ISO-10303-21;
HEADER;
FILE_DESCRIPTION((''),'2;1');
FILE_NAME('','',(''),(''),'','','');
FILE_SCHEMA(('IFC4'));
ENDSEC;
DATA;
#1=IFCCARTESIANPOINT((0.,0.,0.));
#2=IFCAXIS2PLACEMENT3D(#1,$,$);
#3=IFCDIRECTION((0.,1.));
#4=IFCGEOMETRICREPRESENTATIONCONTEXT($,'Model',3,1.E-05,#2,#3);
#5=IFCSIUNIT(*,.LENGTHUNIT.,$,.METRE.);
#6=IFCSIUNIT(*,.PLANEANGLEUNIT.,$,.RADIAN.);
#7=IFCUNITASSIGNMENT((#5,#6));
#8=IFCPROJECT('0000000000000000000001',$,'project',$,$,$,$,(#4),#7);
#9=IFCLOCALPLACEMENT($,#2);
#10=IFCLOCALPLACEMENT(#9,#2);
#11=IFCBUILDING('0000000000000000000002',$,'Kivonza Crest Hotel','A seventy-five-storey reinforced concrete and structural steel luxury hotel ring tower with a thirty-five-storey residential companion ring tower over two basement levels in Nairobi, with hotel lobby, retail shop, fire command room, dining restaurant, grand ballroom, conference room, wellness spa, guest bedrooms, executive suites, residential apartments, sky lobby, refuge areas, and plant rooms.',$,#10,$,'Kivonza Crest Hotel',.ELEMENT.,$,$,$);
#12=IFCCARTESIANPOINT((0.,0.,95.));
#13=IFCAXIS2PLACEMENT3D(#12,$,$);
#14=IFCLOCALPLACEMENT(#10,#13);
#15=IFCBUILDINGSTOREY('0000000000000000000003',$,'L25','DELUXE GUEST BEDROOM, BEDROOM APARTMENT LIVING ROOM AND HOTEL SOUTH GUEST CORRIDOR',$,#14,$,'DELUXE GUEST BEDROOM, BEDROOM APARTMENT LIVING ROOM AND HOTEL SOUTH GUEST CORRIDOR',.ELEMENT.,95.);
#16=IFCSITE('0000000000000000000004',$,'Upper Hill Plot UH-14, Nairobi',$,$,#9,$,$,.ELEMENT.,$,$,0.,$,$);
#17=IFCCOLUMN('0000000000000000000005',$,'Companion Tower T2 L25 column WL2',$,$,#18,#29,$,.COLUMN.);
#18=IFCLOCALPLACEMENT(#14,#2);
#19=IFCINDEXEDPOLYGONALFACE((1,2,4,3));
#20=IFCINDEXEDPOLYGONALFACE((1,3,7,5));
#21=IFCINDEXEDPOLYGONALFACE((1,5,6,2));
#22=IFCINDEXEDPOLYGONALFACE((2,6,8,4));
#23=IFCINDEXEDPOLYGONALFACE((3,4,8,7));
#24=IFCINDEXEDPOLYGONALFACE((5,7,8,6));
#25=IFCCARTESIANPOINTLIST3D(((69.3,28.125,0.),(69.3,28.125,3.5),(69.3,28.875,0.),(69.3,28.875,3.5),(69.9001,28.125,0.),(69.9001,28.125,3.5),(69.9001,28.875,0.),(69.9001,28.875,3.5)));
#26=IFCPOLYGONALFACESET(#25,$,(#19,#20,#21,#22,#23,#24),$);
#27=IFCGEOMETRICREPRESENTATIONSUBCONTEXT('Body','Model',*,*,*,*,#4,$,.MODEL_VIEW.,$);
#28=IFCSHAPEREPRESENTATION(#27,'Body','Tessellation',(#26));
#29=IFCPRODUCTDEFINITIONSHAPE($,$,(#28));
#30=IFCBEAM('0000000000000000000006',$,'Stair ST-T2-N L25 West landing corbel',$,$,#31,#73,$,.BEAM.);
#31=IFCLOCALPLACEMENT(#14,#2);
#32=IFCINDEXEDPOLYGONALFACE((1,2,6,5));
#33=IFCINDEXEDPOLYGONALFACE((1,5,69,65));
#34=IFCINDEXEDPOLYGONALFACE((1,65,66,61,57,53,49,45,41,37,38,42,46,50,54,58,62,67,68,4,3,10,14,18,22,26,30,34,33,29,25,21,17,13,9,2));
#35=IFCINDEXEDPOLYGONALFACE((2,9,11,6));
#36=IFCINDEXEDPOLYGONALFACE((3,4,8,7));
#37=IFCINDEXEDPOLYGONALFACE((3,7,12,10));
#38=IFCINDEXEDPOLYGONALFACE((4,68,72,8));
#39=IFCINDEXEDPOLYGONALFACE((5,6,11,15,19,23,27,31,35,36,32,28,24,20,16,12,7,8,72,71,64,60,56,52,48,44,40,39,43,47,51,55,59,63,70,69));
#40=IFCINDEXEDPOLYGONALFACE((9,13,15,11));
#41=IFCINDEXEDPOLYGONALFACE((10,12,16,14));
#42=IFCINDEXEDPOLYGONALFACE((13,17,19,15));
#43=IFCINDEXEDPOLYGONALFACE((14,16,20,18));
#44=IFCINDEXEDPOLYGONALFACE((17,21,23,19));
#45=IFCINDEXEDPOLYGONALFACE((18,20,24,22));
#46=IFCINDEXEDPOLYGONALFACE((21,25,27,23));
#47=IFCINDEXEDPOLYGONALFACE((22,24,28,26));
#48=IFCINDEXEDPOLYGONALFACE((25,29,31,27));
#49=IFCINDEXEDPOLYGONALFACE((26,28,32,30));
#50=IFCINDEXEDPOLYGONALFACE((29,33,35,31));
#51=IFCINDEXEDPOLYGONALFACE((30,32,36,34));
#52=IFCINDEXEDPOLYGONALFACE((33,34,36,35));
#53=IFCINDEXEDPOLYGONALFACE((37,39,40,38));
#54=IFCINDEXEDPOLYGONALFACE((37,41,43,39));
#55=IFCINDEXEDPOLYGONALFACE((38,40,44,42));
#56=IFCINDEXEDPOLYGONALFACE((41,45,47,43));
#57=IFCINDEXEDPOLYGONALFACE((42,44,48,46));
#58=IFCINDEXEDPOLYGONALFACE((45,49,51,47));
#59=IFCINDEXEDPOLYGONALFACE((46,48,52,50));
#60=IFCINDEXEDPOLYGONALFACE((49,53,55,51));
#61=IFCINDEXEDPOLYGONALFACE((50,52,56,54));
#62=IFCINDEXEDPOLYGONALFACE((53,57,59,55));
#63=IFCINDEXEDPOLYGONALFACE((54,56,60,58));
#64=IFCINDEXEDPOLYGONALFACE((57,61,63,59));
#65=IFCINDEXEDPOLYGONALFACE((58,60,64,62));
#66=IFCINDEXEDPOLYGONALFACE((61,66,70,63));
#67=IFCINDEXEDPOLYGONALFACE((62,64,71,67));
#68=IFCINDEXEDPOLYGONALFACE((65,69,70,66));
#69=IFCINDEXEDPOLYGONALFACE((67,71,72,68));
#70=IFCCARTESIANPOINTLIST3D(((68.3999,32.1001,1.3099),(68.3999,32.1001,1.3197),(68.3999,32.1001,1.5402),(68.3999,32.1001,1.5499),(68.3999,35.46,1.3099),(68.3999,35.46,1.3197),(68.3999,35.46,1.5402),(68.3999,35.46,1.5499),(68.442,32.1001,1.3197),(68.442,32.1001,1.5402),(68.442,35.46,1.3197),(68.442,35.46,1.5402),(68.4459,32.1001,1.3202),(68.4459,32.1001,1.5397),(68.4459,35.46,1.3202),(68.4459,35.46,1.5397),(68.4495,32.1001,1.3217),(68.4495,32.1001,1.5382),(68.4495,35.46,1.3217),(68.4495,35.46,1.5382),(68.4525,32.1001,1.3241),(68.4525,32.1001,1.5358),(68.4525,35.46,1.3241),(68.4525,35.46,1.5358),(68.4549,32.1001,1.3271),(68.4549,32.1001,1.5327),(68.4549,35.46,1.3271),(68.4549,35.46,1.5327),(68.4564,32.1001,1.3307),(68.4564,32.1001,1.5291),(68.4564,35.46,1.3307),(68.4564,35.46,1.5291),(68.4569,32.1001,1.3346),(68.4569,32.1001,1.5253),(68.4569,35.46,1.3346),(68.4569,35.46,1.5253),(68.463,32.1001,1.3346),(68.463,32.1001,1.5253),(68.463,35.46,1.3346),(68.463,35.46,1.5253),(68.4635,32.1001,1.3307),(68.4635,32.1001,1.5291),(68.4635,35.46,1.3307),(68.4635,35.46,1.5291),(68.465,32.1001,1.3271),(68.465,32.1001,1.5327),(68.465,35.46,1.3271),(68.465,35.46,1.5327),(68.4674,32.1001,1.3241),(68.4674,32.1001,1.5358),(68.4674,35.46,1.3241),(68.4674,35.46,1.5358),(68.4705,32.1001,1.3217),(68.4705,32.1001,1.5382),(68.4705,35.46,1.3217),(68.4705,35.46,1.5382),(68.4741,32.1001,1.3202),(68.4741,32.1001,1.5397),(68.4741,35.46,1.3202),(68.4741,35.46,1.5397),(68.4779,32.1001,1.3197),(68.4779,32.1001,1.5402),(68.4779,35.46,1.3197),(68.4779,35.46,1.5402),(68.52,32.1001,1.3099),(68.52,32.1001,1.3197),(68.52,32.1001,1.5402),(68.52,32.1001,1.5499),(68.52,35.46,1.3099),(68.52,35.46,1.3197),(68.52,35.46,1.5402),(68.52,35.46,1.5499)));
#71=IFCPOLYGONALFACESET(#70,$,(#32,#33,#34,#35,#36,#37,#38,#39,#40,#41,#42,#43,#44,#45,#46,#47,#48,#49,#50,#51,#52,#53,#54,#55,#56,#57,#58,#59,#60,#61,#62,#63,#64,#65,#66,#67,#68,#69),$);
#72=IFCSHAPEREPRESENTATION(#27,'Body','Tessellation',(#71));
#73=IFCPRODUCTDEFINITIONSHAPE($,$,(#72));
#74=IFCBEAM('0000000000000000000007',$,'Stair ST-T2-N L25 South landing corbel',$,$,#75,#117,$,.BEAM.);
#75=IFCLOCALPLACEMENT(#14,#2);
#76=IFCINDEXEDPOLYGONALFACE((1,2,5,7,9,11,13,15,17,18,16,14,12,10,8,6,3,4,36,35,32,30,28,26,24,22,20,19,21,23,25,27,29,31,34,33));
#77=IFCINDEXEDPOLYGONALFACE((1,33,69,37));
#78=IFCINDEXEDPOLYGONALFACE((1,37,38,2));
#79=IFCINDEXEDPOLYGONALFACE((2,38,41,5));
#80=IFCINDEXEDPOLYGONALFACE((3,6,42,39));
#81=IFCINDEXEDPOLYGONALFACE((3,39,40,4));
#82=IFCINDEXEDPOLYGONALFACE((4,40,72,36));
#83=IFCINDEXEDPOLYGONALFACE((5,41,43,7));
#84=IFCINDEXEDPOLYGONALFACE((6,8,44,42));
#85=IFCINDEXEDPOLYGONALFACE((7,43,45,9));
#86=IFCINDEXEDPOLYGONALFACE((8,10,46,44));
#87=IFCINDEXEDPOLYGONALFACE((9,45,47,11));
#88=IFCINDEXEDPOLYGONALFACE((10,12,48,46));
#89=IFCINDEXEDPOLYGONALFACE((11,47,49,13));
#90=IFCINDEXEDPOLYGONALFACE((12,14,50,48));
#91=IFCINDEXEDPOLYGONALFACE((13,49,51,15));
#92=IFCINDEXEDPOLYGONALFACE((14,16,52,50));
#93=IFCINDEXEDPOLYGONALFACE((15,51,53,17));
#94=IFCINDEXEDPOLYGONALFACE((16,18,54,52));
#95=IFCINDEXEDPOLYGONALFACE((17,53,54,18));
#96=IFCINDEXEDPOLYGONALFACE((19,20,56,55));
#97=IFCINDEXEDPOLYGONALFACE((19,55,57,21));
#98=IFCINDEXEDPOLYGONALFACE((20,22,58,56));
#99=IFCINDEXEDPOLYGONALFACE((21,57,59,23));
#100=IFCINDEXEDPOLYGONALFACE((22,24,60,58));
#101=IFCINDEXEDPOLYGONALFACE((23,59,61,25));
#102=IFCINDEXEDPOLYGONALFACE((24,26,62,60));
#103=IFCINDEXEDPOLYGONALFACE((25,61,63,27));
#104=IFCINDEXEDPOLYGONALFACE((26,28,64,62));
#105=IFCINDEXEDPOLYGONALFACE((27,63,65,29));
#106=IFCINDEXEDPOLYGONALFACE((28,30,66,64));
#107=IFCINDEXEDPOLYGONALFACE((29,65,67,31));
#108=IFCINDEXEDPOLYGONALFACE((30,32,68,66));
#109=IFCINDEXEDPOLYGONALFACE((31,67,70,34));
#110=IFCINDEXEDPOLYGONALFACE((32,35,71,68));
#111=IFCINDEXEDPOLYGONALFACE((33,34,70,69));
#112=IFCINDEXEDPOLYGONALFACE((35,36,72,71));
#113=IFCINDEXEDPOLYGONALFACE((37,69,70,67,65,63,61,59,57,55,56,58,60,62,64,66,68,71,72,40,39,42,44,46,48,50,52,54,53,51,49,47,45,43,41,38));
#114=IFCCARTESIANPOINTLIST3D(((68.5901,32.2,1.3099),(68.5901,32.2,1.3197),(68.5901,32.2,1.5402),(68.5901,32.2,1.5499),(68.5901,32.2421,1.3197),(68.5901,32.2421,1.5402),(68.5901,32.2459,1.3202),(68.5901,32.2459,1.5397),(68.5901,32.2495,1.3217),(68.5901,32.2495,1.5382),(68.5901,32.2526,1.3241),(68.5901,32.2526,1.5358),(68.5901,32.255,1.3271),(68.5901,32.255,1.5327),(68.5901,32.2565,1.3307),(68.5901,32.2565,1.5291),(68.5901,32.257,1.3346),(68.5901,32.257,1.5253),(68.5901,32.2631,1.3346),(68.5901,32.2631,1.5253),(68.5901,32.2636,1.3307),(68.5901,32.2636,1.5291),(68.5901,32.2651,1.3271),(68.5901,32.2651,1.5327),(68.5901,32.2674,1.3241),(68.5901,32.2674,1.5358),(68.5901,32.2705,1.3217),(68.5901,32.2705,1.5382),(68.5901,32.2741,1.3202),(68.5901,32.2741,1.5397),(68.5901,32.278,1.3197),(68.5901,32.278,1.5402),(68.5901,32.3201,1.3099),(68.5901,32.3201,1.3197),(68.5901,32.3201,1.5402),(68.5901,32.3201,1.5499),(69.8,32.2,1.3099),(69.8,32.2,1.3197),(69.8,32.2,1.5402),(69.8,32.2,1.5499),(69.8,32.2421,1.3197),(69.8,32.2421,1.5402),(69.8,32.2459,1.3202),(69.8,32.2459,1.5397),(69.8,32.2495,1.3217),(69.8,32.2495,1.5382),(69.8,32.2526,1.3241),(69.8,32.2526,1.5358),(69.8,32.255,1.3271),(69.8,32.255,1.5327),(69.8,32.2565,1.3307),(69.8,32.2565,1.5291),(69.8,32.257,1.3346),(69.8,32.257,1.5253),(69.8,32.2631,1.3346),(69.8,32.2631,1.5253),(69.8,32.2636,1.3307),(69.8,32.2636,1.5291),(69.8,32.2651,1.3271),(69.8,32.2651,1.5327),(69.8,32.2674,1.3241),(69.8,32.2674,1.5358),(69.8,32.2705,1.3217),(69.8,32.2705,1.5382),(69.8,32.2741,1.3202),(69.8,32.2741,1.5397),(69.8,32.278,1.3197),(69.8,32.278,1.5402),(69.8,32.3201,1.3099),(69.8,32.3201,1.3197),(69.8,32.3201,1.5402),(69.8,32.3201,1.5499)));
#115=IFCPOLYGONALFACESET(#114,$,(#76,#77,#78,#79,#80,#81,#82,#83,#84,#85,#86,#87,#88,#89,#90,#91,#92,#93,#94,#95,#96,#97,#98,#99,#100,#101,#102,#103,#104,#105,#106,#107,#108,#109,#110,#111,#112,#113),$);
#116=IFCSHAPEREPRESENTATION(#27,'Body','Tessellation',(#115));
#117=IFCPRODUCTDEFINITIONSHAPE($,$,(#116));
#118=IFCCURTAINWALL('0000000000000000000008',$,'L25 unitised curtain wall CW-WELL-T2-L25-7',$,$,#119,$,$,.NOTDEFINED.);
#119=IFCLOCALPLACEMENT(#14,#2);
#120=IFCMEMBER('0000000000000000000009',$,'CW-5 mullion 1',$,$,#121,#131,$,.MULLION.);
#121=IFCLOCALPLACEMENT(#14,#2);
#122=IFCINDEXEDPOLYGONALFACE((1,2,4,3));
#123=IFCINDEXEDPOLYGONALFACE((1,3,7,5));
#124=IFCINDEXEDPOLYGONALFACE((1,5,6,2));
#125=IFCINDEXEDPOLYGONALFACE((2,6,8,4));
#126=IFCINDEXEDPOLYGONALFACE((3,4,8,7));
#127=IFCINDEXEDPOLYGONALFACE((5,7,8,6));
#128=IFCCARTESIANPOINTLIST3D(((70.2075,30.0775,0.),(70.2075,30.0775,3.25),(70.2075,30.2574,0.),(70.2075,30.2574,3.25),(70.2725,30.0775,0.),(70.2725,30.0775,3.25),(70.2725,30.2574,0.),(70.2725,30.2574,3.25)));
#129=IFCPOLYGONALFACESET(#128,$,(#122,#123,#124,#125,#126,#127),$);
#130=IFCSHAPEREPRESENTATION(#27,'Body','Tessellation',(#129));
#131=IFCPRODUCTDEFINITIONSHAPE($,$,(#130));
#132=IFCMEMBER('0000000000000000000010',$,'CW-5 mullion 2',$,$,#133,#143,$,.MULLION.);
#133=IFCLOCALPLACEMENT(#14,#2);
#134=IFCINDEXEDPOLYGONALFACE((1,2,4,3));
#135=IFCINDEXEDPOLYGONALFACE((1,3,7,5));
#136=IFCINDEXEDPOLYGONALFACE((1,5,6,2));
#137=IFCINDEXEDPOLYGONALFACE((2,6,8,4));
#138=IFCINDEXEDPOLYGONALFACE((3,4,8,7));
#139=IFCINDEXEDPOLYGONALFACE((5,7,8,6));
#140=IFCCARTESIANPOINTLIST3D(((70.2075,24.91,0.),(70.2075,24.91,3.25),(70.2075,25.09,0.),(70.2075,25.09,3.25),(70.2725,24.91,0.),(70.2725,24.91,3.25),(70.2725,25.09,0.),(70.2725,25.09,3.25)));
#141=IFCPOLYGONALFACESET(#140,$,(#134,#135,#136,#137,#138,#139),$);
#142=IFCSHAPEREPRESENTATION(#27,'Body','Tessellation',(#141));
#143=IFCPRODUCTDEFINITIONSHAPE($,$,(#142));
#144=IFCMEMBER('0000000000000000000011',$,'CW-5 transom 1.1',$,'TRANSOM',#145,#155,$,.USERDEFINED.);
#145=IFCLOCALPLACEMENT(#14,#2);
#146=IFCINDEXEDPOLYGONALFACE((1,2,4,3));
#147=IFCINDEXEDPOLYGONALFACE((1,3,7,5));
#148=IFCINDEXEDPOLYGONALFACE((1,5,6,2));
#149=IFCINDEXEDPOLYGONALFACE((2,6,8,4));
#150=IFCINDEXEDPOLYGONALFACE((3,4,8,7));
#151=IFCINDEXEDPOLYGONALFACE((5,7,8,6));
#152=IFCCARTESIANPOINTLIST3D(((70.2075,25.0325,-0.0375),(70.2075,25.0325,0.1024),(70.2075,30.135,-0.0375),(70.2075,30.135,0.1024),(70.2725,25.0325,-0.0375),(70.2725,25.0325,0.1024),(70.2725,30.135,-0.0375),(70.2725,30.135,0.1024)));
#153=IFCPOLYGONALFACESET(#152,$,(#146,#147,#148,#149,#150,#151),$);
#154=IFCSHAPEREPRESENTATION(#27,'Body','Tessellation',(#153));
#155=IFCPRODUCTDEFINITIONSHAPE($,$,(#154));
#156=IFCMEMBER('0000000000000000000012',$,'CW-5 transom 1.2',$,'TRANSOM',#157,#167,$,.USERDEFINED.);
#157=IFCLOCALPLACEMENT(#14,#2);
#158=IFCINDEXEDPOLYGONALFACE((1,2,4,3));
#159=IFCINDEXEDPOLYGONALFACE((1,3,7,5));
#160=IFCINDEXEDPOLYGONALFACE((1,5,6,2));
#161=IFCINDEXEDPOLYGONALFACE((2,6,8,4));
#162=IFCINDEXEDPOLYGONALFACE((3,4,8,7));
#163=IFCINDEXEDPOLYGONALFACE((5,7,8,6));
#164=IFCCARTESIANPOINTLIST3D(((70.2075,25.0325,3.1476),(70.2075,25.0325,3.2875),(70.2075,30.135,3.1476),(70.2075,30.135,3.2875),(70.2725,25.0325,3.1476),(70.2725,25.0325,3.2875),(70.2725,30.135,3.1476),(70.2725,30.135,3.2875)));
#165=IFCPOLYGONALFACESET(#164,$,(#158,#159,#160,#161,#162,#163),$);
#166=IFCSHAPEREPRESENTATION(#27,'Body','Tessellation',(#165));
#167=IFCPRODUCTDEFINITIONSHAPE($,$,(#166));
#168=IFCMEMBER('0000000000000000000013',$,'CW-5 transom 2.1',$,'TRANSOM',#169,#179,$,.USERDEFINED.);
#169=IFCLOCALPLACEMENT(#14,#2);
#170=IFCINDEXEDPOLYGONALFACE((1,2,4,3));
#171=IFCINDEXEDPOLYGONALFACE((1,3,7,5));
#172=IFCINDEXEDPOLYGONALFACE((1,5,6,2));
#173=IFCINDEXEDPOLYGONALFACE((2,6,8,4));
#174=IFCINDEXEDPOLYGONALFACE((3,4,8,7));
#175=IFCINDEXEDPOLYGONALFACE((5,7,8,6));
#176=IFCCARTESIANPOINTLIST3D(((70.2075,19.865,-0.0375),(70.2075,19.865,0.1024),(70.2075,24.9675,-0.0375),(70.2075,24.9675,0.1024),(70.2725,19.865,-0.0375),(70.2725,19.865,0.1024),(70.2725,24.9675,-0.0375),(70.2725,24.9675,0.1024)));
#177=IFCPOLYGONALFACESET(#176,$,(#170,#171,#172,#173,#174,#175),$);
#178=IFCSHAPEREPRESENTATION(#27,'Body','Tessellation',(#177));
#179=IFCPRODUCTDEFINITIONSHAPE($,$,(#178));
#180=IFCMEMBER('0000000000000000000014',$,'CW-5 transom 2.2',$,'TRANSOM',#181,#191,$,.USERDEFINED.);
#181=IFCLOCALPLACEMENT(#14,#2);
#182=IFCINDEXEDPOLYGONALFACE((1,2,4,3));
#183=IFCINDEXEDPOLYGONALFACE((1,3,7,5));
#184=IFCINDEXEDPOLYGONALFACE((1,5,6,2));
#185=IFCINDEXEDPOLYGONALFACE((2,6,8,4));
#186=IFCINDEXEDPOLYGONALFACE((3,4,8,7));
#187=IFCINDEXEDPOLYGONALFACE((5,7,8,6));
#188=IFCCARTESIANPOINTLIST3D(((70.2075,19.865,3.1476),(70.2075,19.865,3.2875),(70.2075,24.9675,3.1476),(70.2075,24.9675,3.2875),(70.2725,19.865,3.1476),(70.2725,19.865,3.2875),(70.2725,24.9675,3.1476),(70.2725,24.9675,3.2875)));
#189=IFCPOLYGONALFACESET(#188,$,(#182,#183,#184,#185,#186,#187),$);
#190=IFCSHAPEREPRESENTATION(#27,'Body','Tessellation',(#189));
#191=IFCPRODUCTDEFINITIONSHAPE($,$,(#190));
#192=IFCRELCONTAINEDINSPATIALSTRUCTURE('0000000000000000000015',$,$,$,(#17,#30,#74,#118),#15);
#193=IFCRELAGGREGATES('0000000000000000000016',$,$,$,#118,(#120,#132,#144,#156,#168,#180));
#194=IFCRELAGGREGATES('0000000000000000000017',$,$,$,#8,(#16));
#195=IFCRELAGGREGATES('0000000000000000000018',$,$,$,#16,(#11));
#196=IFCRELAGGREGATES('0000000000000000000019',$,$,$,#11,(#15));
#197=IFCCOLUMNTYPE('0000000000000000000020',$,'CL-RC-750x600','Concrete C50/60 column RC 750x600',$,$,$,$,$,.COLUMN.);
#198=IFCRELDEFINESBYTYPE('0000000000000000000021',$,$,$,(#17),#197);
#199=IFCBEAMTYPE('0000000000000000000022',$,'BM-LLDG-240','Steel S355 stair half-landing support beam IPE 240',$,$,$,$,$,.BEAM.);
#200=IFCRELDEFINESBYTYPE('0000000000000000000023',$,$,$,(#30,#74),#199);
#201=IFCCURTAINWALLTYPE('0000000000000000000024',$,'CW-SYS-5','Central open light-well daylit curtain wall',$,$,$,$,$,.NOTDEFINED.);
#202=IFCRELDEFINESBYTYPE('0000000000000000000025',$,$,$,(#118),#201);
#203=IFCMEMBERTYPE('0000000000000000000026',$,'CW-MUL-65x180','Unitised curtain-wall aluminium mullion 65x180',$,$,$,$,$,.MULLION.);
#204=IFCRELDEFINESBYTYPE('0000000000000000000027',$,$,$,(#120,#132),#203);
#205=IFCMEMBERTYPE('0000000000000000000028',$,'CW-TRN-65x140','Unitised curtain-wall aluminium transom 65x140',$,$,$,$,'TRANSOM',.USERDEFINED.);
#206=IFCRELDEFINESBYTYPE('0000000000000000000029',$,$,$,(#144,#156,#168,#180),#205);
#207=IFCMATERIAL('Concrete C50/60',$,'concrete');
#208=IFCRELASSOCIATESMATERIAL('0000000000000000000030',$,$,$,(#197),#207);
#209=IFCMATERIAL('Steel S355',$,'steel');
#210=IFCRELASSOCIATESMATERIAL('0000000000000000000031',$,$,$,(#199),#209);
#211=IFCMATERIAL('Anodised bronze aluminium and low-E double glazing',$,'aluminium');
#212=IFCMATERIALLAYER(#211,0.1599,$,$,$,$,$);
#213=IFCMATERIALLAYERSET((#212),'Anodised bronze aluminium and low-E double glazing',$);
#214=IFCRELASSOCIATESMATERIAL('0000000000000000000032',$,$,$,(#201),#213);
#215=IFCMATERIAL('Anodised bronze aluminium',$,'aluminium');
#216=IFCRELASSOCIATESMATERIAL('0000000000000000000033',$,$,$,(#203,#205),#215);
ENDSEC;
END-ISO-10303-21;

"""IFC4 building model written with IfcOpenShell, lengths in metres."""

from ifc_helpers import new_model, si_unit, direction, frame, origin, origin_2d, place, context, subcontext, project, spatial, rectangle, i_section, extrude, material, layer, layer_set, material_profile, profile_set, type_object, element, aggregate, save


model = new_model("IFC4")

# Units and contexts
model_context = context("Model", 3, precision=1e-05, world=origin(), true_north=direction((0.0, 1.0)))
body_context = subcontext(model_context, "Body", "Model", "MODEL_VIEW")
ifc_project = project(units=[si_unit("LENGTHUNIT", "METRE"), si_unit("PLANEANGLEUNIT", "RADIAN")], contexts=[model_context])

# Site, building, storey
site_placement = place(None, origin())
site = spatial("IfcSite", under=ifc_project, at=site_placement, Name="Upper Hill Plot UH-14, Nairobi", CompositionType="ELEMENT", RefElevation=0.0)
building_placement = place(site_placement, origin())
building = spatial("IfcBuilding", under=site, at=building_placement, Name="Kivonza Crest Hotel", Description="A seventy-five-storey reinforced concrete and structural steel luxury hotel ring tower with a thirty-five-storey residential companion ring tower over two basement levels in Nairobi, with hotel lobby, retail shop, fire command room, dining restaurant, grand ballroom, conference room, wellness spa, guest bedrooms, executive suites, residential apartments, sky lobby, refuge areas, and plant rooms.", LongName="Kivonza Crest Hotel", CompositionType="ELEMENT")
storey_placement = place(building_placement, frame((0.0, 0.0, 95.0)))
storey = spatial("IfcBuildingStorey", under=building, at=storey_placement, Name="L25", Description="DELUXE GUEST BEDROOM, BEDROOM APARTMENT LIVING ROOM AND HOTEL SOUTH GUEST CORRIDOR", LongName="DELUXE GUEST BEDROOM, BEDROOM APARTMENT LIVING ROOM AND HOTEL SOUTH GUEST CORRIDOR", CompositionType="ELEMENT", Elevation=95.0)

# Column
ifc_material_1 = material(Name="Concrete C50/60", Category="concrete")
ifc_material_profile_1 = material_profile(ifc_material_1, rectangle(XDim=0.6001, YDim=0.75, at=origin_2d()), Name="RC 750x600")
ifc_profile_set_1 = profile_set([ifc_material_profile_1], Name="Concrete C50/60")
column_type = type_object("IfcColumnType", Name="CL-RC-750x600", Description="Concrete C50/60 column RC 750x600", PredefinedType="COLUMN", material=ifc_profile_set_1)
column_placement = place(storey_placement, frame((69.6001, 28.5, 0.0), z_axis=(0.0, 0.0, 1.0), x_axis=(1.0, 0.0, 0.0)))
element("IfcColumn", 1, at=column_placement, inside=storey, type_object=column_type, Name="Companion Tower T2 L25 column WL2", PredefinedType="COLUMN", context=body_context, shape_type="SweptSolid", body=[
    extrude(rectangle(XDim=0.6001, YDim=0.75, at=origin_2d()), origin(), (0.0, 0.0, 1.0), 3.5),
])

# Beams
ifc_material_2 = material(Name="Steel S355", Category="steel")
ifc_material_profile_2 = material_profile(ifc_material_2, i_section(OverallWidth=0.1201, OverallDepth=0.24, WebThickness=0.0061, FlangeThickness=0.0098, FilletRadius=0.0149, at=origin_2d()), Name="IPE 240")
ifc_profile_set_2 = profile_set([ifc_material_profile_2], Name="Steel S355")
beam_type = type_object("IfcBeamType", Name="BM-LLDG-240", Description="Steel S355 stair half-landing support beam IPE 240", PredefinedType="BEAM", material=ifc_profile_set_2)
beam_1_placement = place(storey_placement, frame((68.46, 32.1001, 1.4299), z_axis=(0.0, 1.0, 0.0), x_axis=(-1.0, 0.0, 0.0)))
element("IfcBeam", 2, at=beam_1_placement, inside=storey, type_object=beam_type, Name="Stair ST-T2-N L25 West landing corbel", PredefinedType="BEAM", context=body_context, shape_type="SweptSolid", body=[
    extrude(i_section(OverallWidth=0.1201, OverallDepth=0.24, WebThickness=0.0061, FlangeThickness=0.0098, FilletRadius=0.0149, at=origin_2d()), origin(), (0.0, 0.0, 1.0), 3.3599),
])
beam_2_placement = place(storey_placement, frame((68.5901, 32.26, 1.4299), z_axis=(1.0, 0.0, 0.0), x_axis=(0.0, 1.0, 0.0)))
element("IfcBeam", 3, at=beam_2_placement, inside=storey, type_object=beam_type, Name="Stair ST-T2-N L25 South landing corbel", PredefinedType="BEAM", context=body_context, shape_type="SweptSolid", body=[
    extrude(i_section(OverallWidth=0.1201, OverallDepth=0.24, WebThickness=0.0061, FlangeThickness=0.0098, FilletRadius=0.0149, at=origin_2d()), origin(), (0.0, 0.0, 1.0), 1.21),
])

# Curtain wall, members
ifc_material_3 = material(Name="Anodised bronze aluminium and low-E double glazing", Category="aluminium")
ifc_layer_1 = layer(ifc_material_3, 0.1599)
ifc_layer_set_1 = layer_set([ifc_layer_1], Name="Anodised bronze aluminium and low-E double glazing")
curtain_wall_type = type_object("IfcCurtainWallType", Name="CW-SYS-5", Description="Central open light-well daylit curtain wall", PredefinedType="NOTDEFINED", material=ifc_layer_set_1)
curtain_wall_placement = place(storey_placement, origin())
curtain_wall = element("IfcCurtainWall", 4, at=curtain_wall_placement, inside=storey, type_object=curtain_wall_type, Name="L25 unitised curtain wall CW-WELL-T2-L25-7", PredefinedType="NOTDEFINED")
ifc_material_4 = material(Name="Anodised bronze aluminium", Category="aluminium")
ifc_material_profile_3 = material_profile(ifc_material_4, rectangle(XDim=0.0649, YDim=0.1799, at=origin_2d()), Name="CW-M 65x180")
ifc_profile_set_3 = profile_set([ifc_material_profile_3], Name="Anodised bronze aluminium")
member_type_1 = type_object("IfcMemberType", Name="CW-MUL-65x180", Description="Unitised curtain-wall aluminium mullion 65x180", PredefinedType="MULLION", material=ifc_profile_set_3)
member_1_placement = place(storey_placement, frame((70.24, 30.1675, 0.0), z_axis=(0.0, 0.0, 1.0), x_axis=(1.0, 0.0, 0.0)))
member_1 = element("IfcMember", 5, at=member_1_placement, type_object=member_type_1, Name="CW-5 mullion 1", PredefinedType="MULLION", context=body_context, shape_type="SweptSolid", body=[
    extrude(rectangle(XDim=0.0649, YDim=0.1799, at=origin_2d()), origin(), (0.0, 0.0, 1.0), 3.25),
])
member_2_placement = place(storey_placement, frame((70.24, 25.0, 0.0), z_axis=(0.0, 0.0, 1.0), x_axis=(1.0, 0.0, 0.0)))
member_2 = element("IfcMember", 6, at=member_2_placement, type_object=member_type_1, Name="CW-5 mullion 2", PredefinedType="MULLION", context=body_context, shape_type="SweptSolid", body=[
    extrude(rectangle(XDim=0.0649, YDim=0.1799, at=origin_2d()), origin(), (0.0, 0.0, 1.0), 3.25),
])
ifc_material_profile_4 = material_profile(ifc_material_4, rectangle(XDim=0.0649, YDim=0.1399, at=origin_2d()), Name="CW-T 65x140")
ifc_profile_set_4 = profile_set([ifc_material_profile_4], Name="Anodised bronze aluminium")
member_type_2 = type_object("IfcMemberType", Name="CW-TRN-65x140", Description="Unitised curtain-wall aluminium transom 65x140", ElementType="TRANSOM", PredefinedType="USERDEFINED", material=ifc_profile_set_4)
member_3_placement = place(storey_placement, frame((70.24, 30.135, 0.0325), z_axis=(0.0, -1.0, 0.0), x_axis=(1.0, 0.0, 0.0)))
member_3 = element("IfcMember", 7, at=member_3_placement, type_object=member_type_2, Name="CW-5 transom 1.1", ObjectType="TRANSOM", PredefinedType="USERDEFINED", context=body_context, shape_type="SweptSolid", body=[
    extrude(rectangle(XDim=0.0649, YDim=0.1399, at=origin_2d()), origin(), (0.0, 0.0, 1.0), 5.1025),
])
member_4_placement = place(storey_placement, frame((70.24, 30.135, 3.2175), z_axis=(0.0, -1.0, 0.0), x_axis=(1.0, 0.0, 0.0)))
member_4 = element("IfcMember", 8, at=member_4_placement, type_object=member_type_2, Name="CW-5 transom 1.2", ObjectType="TRANSOM", PredefinedType="USERDEFINED", context=body_context, shape_type="SweptSolid", body=[
    extrude(rectangle(XDim=0.0649, YDim=0.1399, at=origin_2d()), origin(), (0.0, 0.0, 1.0), 5.1025),
])
member_5_placement = place(storey_placement, frame((70.24, 24.9675, 0.0325), z_axis=(0.0, -1.0, 0.0), x_axis=(1.0, 0.0, 0.0)))
member_5 = element("IfcMember", 9, at=member_5_placement, type_object=member_type_2, Name="CW-5 transom 2.1", ObjectType="TRANSOM", PredefinedType="USERDEFINED", context=body_context, shape_type="SweptSolid", body=[
    extrude(rectangle(XDim=0.0649, YDim=0.1399, at=origin_2d()), origin(), (0.0, 0.0, 1.0), 5.1025),
])
member_6_placement = place(storey_placement, frame((70.24, 24.9675, 3.2175), z_axis=(0.0, -1.0, 0.0), x_axis=(1.0, 0.0, 0.0)))
member_6 = element("IfcMember", 10, at=member_6_placement, type_object=member_type_2, Name="CW-5 transom 2.2", ObjectType="TRANSOM", PredefinedType="USERDEFINED", context=body_context, shape_type="SweptSolid", body=[
    extrude(rectangle(XDim=0.0649, YDim=0.1399, at=origin_2d()), origin(), (0.0, 0.0, 1.0), 5.1025),
])
aggregate(curtain_wall, [member_1, member_2, member_3, member_4, member_5, member_6])

save(model, "model.ifc")
